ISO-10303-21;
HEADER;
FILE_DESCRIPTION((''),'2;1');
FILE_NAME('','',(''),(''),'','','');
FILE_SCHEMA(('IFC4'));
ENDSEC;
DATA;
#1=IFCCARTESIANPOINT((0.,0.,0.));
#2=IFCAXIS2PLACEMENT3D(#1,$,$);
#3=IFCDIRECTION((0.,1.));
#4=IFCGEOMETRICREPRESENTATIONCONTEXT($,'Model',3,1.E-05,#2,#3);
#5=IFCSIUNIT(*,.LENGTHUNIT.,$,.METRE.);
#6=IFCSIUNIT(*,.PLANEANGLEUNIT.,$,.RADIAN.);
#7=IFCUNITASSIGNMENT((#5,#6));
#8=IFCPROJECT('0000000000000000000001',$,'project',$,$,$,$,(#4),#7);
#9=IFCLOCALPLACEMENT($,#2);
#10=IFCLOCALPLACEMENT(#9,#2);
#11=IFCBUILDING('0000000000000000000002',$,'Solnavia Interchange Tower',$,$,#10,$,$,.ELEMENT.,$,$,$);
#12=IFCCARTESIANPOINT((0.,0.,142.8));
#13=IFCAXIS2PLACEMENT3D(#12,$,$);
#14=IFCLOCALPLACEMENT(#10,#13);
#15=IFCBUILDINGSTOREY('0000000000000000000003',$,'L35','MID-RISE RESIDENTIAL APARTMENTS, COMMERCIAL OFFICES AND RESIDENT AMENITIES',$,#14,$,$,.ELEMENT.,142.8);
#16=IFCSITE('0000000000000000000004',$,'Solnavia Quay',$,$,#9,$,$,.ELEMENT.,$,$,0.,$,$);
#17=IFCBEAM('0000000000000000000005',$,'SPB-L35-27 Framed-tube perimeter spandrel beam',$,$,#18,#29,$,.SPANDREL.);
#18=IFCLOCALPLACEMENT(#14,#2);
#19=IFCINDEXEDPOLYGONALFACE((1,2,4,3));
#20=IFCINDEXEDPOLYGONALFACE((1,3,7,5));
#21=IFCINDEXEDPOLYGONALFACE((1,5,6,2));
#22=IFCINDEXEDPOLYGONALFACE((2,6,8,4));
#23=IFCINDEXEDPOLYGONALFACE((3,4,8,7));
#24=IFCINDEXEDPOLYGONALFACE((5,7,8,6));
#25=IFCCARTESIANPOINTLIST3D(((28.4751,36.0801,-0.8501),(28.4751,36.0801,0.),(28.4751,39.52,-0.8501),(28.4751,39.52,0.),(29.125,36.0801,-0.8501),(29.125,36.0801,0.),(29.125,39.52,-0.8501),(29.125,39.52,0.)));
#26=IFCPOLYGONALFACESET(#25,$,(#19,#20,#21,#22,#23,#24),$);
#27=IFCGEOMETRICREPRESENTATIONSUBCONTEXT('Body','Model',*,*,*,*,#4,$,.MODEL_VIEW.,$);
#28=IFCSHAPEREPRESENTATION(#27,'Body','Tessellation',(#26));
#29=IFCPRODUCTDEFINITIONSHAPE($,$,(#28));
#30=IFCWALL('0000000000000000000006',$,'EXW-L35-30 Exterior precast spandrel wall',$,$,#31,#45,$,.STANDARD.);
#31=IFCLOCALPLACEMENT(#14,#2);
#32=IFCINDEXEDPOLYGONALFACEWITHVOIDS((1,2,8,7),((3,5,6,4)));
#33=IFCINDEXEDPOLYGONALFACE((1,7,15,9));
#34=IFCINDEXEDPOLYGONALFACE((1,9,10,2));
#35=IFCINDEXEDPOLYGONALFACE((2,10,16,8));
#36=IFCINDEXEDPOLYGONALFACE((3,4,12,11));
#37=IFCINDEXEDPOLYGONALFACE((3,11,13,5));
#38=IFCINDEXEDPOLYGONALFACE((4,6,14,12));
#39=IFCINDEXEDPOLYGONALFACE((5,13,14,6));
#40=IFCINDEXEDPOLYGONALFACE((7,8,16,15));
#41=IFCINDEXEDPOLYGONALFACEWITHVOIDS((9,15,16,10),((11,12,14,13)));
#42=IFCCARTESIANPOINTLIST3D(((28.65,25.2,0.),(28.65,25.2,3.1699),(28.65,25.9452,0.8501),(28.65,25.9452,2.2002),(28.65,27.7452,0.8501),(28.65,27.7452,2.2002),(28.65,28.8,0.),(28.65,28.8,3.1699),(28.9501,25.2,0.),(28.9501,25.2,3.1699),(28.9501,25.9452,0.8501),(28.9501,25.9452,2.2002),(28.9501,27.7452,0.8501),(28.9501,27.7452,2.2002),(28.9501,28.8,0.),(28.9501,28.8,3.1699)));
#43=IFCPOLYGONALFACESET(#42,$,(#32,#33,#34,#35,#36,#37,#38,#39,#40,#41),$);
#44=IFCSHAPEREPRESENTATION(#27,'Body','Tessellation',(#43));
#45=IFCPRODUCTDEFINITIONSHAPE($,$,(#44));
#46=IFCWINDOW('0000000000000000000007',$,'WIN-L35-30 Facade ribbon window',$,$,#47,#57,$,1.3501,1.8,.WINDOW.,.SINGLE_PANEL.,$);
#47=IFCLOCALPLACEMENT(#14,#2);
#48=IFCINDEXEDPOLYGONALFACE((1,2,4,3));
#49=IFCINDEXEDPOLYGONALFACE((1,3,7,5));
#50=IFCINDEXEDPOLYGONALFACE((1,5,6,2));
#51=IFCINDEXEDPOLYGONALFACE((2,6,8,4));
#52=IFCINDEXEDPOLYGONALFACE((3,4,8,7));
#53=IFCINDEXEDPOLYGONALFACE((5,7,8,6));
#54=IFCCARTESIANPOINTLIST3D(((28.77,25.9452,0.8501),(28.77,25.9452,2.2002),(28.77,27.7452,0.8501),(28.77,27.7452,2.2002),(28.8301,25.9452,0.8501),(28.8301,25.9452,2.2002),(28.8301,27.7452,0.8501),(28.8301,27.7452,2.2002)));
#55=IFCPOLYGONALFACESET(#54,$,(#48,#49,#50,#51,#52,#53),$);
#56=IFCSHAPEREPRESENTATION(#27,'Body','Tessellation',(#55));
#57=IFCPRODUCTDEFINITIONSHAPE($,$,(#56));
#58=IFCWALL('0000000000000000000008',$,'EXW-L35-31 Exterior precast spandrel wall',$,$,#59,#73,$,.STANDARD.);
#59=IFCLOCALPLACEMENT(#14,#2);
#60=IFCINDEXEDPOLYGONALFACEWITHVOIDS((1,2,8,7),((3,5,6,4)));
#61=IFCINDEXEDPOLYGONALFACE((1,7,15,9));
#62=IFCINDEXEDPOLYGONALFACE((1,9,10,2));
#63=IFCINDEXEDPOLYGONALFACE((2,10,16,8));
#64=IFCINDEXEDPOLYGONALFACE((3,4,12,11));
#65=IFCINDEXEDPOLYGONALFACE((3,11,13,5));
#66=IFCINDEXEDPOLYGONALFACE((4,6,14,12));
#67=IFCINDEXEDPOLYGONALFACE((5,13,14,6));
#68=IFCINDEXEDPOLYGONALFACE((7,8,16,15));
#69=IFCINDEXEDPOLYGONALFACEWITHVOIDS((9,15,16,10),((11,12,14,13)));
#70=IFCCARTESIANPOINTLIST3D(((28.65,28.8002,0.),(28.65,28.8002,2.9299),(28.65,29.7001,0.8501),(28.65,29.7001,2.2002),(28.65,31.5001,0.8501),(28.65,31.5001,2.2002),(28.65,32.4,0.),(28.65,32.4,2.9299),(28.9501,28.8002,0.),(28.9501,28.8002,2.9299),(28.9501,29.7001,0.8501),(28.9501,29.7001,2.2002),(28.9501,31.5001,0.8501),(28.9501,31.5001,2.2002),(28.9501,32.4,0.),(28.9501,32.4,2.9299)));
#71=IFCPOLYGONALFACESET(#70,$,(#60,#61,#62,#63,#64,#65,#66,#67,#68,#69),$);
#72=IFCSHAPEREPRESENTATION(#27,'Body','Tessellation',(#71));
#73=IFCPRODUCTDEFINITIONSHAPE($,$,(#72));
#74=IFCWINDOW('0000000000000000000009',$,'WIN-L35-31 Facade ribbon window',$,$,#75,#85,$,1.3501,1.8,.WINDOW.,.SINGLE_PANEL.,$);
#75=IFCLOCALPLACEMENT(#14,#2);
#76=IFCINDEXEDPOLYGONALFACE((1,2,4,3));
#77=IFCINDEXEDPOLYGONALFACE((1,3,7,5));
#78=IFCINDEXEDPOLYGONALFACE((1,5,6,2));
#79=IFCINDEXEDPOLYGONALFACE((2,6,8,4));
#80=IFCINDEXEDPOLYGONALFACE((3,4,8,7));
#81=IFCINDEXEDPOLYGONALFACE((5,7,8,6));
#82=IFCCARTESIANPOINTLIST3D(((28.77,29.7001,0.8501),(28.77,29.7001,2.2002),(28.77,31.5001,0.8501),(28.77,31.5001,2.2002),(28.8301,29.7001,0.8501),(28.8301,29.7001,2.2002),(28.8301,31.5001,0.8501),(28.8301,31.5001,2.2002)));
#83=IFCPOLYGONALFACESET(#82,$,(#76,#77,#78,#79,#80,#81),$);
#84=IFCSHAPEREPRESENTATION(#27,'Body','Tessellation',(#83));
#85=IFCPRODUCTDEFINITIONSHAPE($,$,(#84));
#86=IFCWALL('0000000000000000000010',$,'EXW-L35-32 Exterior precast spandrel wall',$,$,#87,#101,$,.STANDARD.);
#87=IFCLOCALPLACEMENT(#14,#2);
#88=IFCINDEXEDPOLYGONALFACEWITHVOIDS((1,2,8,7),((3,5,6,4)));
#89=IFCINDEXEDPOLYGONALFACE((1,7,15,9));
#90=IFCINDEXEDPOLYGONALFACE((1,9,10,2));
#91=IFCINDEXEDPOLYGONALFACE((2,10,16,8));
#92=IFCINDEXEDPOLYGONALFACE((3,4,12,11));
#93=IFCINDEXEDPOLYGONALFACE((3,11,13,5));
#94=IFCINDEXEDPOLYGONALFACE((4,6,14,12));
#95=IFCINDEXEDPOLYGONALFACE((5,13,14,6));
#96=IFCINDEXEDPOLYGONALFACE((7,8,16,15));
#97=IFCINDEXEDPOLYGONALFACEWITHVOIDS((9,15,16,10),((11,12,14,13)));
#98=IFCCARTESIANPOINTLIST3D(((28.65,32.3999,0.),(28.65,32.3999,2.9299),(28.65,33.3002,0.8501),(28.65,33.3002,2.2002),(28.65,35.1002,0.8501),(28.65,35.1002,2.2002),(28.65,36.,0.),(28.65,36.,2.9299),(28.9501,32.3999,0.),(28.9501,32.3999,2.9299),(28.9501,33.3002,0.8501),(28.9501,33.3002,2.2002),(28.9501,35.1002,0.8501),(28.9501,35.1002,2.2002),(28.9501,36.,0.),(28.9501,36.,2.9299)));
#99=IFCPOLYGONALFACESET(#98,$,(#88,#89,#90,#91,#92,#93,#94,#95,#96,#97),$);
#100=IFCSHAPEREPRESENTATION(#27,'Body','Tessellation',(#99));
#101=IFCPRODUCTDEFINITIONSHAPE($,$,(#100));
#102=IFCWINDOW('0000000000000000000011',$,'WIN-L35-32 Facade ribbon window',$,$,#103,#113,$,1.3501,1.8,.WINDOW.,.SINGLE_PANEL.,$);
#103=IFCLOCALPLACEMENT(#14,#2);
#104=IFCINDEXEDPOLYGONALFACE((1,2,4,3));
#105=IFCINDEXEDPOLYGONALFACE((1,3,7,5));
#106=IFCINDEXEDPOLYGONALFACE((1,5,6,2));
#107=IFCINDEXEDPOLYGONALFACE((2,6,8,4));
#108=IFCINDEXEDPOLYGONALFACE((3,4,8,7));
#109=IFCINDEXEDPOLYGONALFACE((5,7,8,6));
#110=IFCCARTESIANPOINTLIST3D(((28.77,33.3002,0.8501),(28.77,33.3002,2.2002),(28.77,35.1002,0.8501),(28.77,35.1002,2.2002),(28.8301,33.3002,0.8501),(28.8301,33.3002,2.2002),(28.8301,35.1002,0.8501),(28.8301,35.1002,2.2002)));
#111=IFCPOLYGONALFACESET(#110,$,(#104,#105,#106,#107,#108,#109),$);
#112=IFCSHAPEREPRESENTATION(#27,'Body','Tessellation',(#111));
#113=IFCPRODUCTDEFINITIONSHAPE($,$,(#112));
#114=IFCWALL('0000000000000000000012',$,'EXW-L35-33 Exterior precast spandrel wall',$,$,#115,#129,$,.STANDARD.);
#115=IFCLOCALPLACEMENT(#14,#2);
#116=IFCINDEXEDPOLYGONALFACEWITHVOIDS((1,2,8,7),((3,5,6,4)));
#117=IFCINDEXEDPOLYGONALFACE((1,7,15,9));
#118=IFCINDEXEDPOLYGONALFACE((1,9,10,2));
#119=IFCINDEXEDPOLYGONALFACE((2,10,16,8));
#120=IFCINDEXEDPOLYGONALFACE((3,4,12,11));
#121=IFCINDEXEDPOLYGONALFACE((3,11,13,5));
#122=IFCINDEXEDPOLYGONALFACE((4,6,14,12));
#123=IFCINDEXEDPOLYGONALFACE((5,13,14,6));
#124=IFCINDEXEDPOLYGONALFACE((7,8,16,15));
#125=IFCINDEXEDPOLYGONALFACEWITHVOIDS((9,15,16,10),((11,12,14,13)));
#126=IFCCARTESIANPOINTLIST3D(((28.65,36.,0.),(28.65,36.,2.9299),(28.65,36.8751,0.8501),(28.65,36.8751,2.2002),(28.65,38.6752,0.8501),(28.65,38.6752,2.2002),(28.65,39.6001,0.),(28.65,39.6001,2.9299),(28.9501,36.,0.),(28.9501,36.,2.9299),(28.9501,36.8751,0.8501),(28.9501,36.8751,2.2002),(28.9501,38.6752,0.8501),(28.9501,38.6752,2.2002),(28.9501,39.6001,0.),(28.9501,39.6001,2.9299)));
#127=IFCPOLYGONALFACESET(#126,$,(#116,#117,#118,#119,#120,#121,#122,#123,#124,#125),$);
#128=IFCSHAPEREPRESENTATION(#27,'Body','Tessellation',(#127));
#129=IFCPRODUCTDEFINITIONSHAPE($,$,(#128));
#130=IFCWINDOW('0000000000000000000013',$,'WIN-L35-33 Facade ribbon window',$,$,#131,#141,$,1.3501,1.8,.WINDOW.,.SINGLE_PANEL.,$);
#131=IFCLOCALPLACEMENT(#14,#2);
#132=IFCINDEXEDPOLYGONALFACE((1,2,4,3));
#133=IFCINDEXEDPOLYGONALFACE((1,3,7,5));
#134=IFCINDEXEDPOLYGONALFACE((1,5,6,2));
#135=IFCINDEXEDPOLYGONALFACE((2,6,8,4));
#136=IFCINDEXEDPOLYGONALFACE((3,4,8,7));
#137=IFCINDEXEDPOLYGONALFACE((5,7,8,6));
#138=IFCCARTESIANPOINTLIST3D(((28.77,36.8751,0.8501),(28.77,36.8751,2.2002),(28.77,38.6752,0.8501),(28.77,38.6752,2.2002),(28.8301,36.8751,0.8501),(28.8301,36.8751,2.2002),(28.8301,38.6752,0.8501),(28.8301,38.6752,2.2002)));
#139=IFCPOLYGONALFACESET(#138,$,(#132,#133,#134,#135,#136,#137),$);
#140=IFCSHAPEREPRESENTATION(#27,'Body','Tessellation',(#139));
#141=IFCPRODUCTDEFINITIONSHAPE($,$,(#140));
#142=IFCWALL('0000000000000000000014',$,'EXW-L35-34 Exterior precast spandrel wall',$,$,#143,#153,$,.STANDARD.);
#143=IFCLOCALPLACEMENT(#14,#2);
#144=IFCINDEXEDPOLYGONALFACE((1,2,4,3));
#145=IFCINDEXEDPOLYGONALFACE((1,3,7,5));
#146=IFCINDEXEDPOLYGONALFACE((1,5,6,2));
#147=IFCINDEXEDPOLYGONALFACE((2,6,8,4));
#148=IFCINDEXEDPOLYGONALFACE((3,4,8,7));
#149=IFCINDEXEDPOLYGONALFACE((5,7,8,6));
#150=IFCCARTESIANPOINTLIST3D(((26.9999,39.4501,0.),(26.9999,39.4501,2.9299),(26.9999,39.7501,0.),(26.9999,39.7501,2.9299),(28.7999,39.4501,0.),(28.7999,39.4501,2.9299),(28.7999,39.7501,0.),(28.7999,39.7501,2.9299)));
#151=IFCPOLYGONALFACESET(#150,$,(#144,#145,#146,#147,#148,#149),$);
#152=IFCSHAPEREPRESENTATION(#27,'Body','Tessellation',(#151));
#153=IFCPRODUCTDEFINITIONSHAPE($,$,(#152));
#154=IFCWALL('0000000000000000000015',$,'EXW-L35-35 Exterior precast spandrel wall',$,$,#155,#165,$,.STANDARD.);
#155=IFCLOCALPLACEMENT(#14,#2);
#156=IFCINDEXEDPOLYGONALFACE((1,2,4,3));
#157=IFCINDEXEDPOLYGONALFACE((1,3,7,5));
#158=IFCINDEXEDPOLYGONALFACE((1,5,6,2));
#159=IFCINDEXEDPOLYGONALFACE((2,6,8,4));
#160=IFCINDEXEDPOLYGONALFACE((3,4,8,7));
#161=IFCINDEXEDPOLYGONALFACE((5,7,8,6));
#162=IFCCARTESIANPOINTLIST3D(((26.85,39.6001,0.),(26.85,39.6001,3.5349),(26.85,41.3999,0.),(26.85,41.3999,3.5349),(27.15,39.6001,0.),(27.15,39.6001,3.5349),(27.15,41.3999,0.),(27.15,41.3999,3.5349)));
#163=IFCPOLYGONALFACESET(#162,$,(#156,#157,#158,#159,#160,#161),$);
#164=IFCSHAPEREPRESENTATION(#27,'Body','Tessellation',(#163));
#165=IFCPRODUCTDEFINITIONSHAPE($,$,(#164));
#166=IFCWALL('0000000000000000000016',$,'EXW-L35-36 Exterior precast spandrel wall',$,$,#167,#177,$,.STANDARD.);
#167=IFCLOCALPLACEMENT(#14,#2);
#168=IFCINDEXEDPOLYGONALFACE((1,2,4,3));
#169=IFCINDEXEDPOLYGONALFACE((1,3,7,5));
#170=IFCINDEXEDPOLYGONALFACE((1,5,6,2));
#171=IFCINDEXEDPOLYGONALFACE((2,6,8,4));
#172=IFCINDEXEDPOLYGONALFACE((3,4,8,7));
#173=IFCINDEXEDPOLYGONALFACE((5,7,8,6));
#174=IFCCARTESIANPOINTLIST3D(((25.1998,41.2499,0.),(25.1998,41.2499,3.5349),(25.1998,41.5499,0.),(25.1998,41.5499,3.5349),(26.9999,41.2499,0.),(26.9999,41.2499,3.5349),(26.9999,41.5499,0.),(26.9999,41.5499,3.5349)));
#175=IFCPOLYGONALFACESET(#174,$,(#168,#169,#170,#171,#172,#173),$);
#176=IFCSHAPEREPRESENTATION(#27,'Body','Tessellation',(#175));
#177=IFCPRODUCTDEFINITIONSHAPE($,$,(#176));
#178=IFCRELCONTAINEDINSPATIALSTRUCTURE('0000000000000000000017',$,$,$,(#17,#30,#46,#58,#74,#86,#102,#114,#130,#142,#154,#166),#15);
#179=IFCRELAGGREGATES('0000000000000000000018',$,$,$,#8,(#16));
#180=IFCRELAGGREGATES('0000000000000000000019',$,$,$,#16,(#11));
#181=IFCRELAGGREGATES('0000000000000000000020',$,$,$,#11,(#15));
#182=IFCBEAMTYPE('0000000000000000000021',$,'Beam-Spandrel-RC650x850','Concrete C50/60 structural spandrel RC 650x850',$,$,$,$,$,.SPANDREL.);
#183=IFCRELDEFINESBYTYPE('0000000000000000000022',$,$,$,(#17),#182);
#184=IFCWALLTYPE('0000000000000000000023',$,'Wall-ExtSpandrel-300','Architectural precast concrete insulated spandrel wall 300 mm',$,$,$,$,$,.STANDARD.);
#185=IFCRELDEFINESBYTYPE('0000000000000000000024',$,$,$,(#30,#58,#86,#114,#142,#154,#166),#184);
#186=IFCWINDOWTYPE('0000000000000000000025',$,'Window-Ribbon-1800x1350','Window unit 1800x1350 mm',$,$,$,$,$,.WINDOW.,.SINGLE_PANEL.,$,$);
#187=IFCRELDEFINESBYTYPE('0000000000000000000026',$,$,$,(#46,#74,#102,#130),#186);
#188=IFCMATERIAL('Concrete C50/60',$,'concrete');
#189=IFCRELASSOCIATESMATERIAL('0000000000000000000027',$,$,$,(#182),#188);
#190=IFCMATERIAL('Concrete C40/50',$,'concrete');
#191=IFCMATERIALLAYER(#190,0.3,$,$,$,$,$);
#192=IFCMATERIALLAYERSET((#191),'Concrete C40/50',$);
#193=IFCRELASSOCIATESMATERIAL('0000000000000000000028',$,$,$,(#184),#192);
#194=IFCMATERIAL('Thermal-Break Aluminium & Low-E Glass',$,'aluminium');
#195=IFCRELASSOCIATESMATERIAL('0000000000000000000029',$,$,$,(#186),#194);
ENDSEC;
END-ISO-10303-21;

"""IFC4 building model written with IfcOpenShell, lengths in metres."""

from ifc_helpers import new_model, si_unit, direction, frame, frame_2d, origin, origin_2d, place, context, subcontext, project, spatial, rectangle, extrude, material, layer, layer_set, material_profile, profile_set, type_object, element, fill, save


model = new_model("IFC4")

# Units and contexts
model_context = context("Model", 3, precision=1e-05, world=origin(), true_north=direction((0.0, 1.0)))
body_context = subcontext(model_context, "Body", "Model", "MODEL_VIEW")
ifc_project = project(units=[si_unit("LENGTHUNIT", "METRE"), si_unit("PLANEANGLEUNIT", "RADIAN")], contexts=[model_context])

# Site, building, storey
site_placement = place(None, origin())
site = spatial("IfcSite", under=ifc_project, at=site_placement, Name="Solnavia Quay", CompositionType="ELEMENT", RefElevation=0.0)
building_placement = place(site_placement, origin())
building = spatial("IfcBuilding", under=site, at=building_placement, Name="Solnavia Interchange Tower", CompositionType="ELEMENT")
storey_placement = place(building_placement, frame((0.0, 0.0, 142.8)))
storey = spatial("IfcBuildingStorey", under=building, at=storey_placement, Name="L35", Description="MID-RISE RESIDENTIAL APARTMENTS, COMMERCIAL OFFICES AND RESIDENT AMENITIES", CompositionType="ELEMENT", Elevation=142.8)

# Shared definitions
ifc_material_1 = material(Name="Concrete C50/60", Category="concrete")

# Beam
ifc_material_profile_1 = material_profile(ifc_material_1, rectangle(XDim=0.6499, YDim=0.8501, at=origin_2d()), Name="RC 650x850")
ifc_profile_set_1 = profile_set([ifc_material_profile_1], Name="Concrete C50/60")
beam_type_1 = type_object("IfcBeamType", Name="Beam-Spandrel-RC650x850", Description="Concrete C50/60 structural spandrel RC 650x850", PredefinedType="SPANDREL", material=ifc_profile_set_1)
for number, where, z_axis, x_axis, name in (
    (1, (28.8, 36.0801, -0.425), (0.0, 1.0, 0.0), (-1.0, 0.0, 0.0), "SPB-L35-27 Framed-tube perimeter spandrel beam"),
):
    element("IfcBeam", number, at=place(storey_placement, frame(where, z_axis=z_axis, x_axis=x_axis)), inside=storey, type_object=beam_type_1, Name=name, PredefinedType="SPANDREL", context=body_context, shape_type="SweptSolid", body=[
        extrude(rectangle(XDim=0.6499, YDim=0.8501, at=origin_2d()), origin(), (0.0, 0.0, 1.0), 3.4399),
    ])

# Walls, openings, windows
ifc_material_2 = material(Name="Concrete C40/50", Category="concrete")
ifc_layer_1 = layer(ifc_material_2, 0.3)
ifc_layer_set_1 = layer_set([ifc_layer_1], Name="Concrete C40/50")
wall_type = type_object("IfcWallType", Name="Wall-ExtSpandrel-300", Description="Architectural precast concrete insulated spandrel wall 300 mm", PredefinedType="STANDARD", material=ifc_layer_set_1)
wall_1_placement = place(storey_placement, frame((28.8, 28.8, 0.0), z_axis=(0.0, 0.0, 1.0), x_axis=(0.0, -1.0, 0.0)))
wall_1 = element("IfcWall", 2, at=wall_1_placement, inside=storey, type_object=wall_type, Name="EXW-L35-30 Exterior precast spandrel wall", PredefinedType="STANDARD", context=body_context, shape_type="SweptSolid", body=[
    extrude(rectangle(XDim=3.6001, YDim=0.3, at=frame_2d((1.8, 0.0))), origin(), (0.0, 0.0, 1.0), 3.1699),
])
opening_1_placement = place(wall_1_placement, frame((1.0549, 0.0, 0.8501)))
opening_1 = element("IfcOpeningElement", 3, at=opening_1_placement, cuts=wall_1, PredefinedType="OPENING", context=body_context, shape_type="SweptSolid", body=[
    extrude(rectangle(XDim=1.8, YDim=1.3501, at=frame_2d((0.8999, 0.675))), frame((0.0, 0.1602, 0.0), z_axis=(0.0, -1.0, 0.0), x_axis=(1.0, 0.0, 0.0)), (0.0, 0.0, 1.0), 0.3201),
])
ifc_material_3 = material(Name="Thermal-Break Aluminium & Low-E Glass", Category="aluminium")
window_type = type_object("IfcWindowType", Name="Window-Ribbon-1800x1350", Description="Window unit 1800x1350 mm", PartitioningType="SINGLE_PANEL", PredefinedType="WINDOW", material=ifc_material_3)
window_1_placement = place(opening_1_placement, origin())
window_1 = element("IfcWindow", 4, at=window_1_placement, inside=storey, type_object=window_type, Name="WIN-L35-30 Facade ribbon window", OverallHeight=1.3501, OverallWidth=1.8, PartitioningType="SINGLE_PANEL", PredefinedType="WINDOW", context=body_context, shape_type="SweptSolid", body=[
    extrude(rectangle(XDim=1.8, YDim=1.3501, at=frame_2d((0.8999, 0.675))), frame((0.0, 0.03, 0.0), z_axis=(0.0, -1.0, 0.0), x_axis=(1.0, 0.0, 0.0)), (0.0, 0.0, 1.0), 0.0601),
])
fill(opening_1, window_1)
wall_2_placement = place(storey_placement, frame((28.8, 32.3999, 0.0), z_axis=(0.0, 0.0, 1.0), x_axis=(0.0, -1.0, 0.0)))
wall_2 = element("IfcWall", 5, at=wall_2_placement, inside=storey, type_object=wall_type, Name="EXW-L35-31 Exterior precast spandrel wall", PredefinedType="STANDARD", context=body_context, shape_type="SweptSolid", body=[
    extrude(rectangle(XDim=3.5999, YDim=0.3, at=frame_2d((1.7998, 0.0))), origin(), (0.0, 0.0, 1.0), 2.9299),
])
opening_2_placement = place(wall_2_placement, frame((0.8999, 0.0, 0.8501)))
opening_2 = element("IfcOpeningElement", 6, at=opening_2_placement, cuts=wall_2, PredefinedType="OPENING", context=body_context, shape_type="SweptSolid", body=[
    extrude(rectangle(XDim=1.8, YDim=1.3501, at=frame_2d((0.8999, 0.675))), frame((0.0, 0.1602, 0.0), z_axis=(0.0, -1.0, 0.0), x_axis=(1.0, 0.0, 0.0)), (0.0, 0.0, 1.0), 0.3201),
])
window_2_placement = place(opening_2_placement, origin())
window_2 = element("IfcWindow", 7, at=window_2_placement, inside=storey, type_object=window_type, Name="WIN-L35-31 Facade ribbon window", OverallHeight=1.3501, OverallWidth=1.8, PartitioningType="SINGLE_PANEL", PredefinedType="WINDOW", context=body_context, shape_type="SweptSolid", body=[
    extrude(rectangle(XDim=1.8, YDim=1.3501, at=frame_2d((0.8999, 0.675))), frame((0.0, 0.03, 0.0), z_axis=(0.0, -1.0, 0.0), x_axis=(1.0, 0.0, 0.0)), (0.0, 0.0, 1.0), 0.0601),
])
fill(opening_2, window_2)
wall_3_placement = place(storey_placement, frame((28.8, 36.0, 0.0), z_axis=(0.0, 0.0, 1.0), x_axis=(0.0, -1.0, 0.0)))
wall_3 = element("IfcWall", 8, at=wall_3_placement, inside=storey, type_object=wall_type, Name="EXW-L35-32 Exterior precast spandrel wall", PredefinedType="STANDARD", context=body_context, shape_type="SweptSolid", body=[
    extrude(rectangle(XDim=3.6001, YDim=0.3, at=frame_2d((1.8, 0.0))), origin(), (0.0, 0.0, 1.0), 2.9299),
])
opening_3_placement = place(wall_3_placement, frame((0.8999, 0.0, 0.8501)))
opening_3 = element("IfcOpeningElement", 9, at=opening_3_placement, cuts=wall_3, PredefinedType="OPENING", context=body_context, shape_type="SweptSolid", body=[
    extrude(rectangle(XDim=1.8, YDim=1.3501, at=frame_2d((0.8999, 0.675))), frame((0.0, 0.1602, 0.0), z_axis=(0.0, -1.0, 0.0), x_axis=(1.0, 0.0, 0.0)), (0.0, 0.0, 1.0), 0.3201),
])
window_3_placement = place(opening_3_placement, origin())
window_3 = element("IfcWindow", 10, at=window_3_placement, inside=storey, type_object=window_type, Name="WIN-L35-32 Facade ribbon window", OverallHeight=1.3501, OverallWidth=1.8, PartitioningType="SINGLE_PANEL", PredefinedType="WINDOW", context=body_context, shape_type="SweptSolid", body=[
    extrude(rectangle(XDim=1.8, YDim=1.3501, at=frame_2d((0.8999, 0.675))), frame((0.0, 0.03, 0.0), z_axis=(0.0, -1.0, 0.0), x_axis=(1.0, 0.0, 0.0)), (0.0, 0.0, 1.0), 0.0601),
])
fill(opening_3, window_3)
wall_4_placement = place(storey_placement, frame((28.8, 39.6001, 0.0), z_axis=(0.0, 0.0, 1.0), x_axis=(0.0, -1.0, 0.0)))
wall_4 = element("IfcWall", 11, at=wall_4_placement, inside=storey, type_object=wall_type, Name="EXW-L35-33 Exterior precast spandrel wall", PredefinedType="STANDARD", context=body_context, shape_type="SweptSolid", body=[
    extrude(rectangle(XDim=3.6001, YDim=0.3, at=frame_2d((1.8, 0.0))), origin(), (0.0, 0.0, 1.0), 2.9299),
])
opening_4_placement = place(wall_4_placement, frame((0.925, 0.0, 0.8501)))
opening_4 = element("IfcOpeningElement", 12, at=opening_4_placement, cuts=wall_4, PredefinedType="OPENING", context=body_context, shape_type="SweptSolid", body=[
    extrude(rectangle(XDim=1.8, YDim=1.3501, at=frame_2d((0.8999, 0.675))), frame((0.0, 0.1602, 0.0), z_axis=(0.0, -1.0, 0.0), x_axis=(1.0, 0.0, 0.0)), (0.0, 0.0, 1.0), 0.3201),
])
window_4_placement = place(opening_4_placement, origin())
window_4 = element("IfcWindow", 13, at=window_4_placement, inside=storey, type_object=window_type, Name="WIN-L35-33 Facade ribbon window", OverallHeight=1.3501, OverallWidth=1.8, PartitioningType="SINGLE_PANEL", PredefinedType="WINDOW", context=body_context, shape_type="SweptSolid", body=[
    extrude(rectangle(XDim=1.8, YDim=1.3501, at=frame_2d((0.8999, 0.675))), frame((0.0, 0.03, 0.0), z_axis=(0.0, -1.0, 0.0), x_axis=(1.0, 0.0, 0.0)), (0.0, 0.0, 1.0), 0.0601),
])
fill(opening_4, window_4)

# Walls
wall_5_placement = place(storey_placement, frame((27.0, 39.6001, 0.0), z_axis=(0.0, 0.0, 1.0), x_axis=(1.0, 0.0, 0.0)))
element("IfcWall", 14, at=wall_5_placement, inside=storey, type_object=wall_type, Name="EXW-L35-34 Exterior precast spandrel wall", PredefinedType="STANDARD", context=body_context, shape_type="SweptSolid", body=[
    extrude(rectangle(XDim=1.8, YDim=0.3, at=frame_2d((0.8999, 0.0))), origin(), (0.0, 0.0, 1.0), 2.9299),
])
wall_6_placement = place(storey_placement, frame((27.0, 39.6001, 0.0), z_axis=(0.0, 0.0, 1.0), x_axis=(0.0, 1.0, 0.0)))
element("IfcWall", 15, at=wall_6_placement, inside=storey, type_object=wall_type, Name="EXW-L35-35 Exterior precast spandrel wall", PredefinedType="STANDARD", context=body_context, shape_type="SweptSolid", body=[
    extrude(rectangle(XDim=1.7998, YDim=0.3, at=frame_2d((0.8999, 0.0))), origin(), (0.0, 0.0, 1.0), 3.5349),
])
wall_7_placement = place(storey_placement, frame((25.2, 41.3999, 0.0), z_axis=(0.0, 0.0, 1.0), x_axis=(1.0, 0.0, 0.0)))
element("IfcWall", 16, at=wall_7_placement, inside=storey, type_object=wall_type, Name="EXW-L35-36 Exterior precast spandrel wall", PredefinedType="STANDARD", context=body_context, shape_type="SweptSolid", body=[
    extrude(rectangle(XDim=1.8, YDim=0.3, at=frame_2d((0.8999, 0.0))), origin(), (0.0, 0.0, 1.0), 3.5349),
])

save(model, "model.ifc")
